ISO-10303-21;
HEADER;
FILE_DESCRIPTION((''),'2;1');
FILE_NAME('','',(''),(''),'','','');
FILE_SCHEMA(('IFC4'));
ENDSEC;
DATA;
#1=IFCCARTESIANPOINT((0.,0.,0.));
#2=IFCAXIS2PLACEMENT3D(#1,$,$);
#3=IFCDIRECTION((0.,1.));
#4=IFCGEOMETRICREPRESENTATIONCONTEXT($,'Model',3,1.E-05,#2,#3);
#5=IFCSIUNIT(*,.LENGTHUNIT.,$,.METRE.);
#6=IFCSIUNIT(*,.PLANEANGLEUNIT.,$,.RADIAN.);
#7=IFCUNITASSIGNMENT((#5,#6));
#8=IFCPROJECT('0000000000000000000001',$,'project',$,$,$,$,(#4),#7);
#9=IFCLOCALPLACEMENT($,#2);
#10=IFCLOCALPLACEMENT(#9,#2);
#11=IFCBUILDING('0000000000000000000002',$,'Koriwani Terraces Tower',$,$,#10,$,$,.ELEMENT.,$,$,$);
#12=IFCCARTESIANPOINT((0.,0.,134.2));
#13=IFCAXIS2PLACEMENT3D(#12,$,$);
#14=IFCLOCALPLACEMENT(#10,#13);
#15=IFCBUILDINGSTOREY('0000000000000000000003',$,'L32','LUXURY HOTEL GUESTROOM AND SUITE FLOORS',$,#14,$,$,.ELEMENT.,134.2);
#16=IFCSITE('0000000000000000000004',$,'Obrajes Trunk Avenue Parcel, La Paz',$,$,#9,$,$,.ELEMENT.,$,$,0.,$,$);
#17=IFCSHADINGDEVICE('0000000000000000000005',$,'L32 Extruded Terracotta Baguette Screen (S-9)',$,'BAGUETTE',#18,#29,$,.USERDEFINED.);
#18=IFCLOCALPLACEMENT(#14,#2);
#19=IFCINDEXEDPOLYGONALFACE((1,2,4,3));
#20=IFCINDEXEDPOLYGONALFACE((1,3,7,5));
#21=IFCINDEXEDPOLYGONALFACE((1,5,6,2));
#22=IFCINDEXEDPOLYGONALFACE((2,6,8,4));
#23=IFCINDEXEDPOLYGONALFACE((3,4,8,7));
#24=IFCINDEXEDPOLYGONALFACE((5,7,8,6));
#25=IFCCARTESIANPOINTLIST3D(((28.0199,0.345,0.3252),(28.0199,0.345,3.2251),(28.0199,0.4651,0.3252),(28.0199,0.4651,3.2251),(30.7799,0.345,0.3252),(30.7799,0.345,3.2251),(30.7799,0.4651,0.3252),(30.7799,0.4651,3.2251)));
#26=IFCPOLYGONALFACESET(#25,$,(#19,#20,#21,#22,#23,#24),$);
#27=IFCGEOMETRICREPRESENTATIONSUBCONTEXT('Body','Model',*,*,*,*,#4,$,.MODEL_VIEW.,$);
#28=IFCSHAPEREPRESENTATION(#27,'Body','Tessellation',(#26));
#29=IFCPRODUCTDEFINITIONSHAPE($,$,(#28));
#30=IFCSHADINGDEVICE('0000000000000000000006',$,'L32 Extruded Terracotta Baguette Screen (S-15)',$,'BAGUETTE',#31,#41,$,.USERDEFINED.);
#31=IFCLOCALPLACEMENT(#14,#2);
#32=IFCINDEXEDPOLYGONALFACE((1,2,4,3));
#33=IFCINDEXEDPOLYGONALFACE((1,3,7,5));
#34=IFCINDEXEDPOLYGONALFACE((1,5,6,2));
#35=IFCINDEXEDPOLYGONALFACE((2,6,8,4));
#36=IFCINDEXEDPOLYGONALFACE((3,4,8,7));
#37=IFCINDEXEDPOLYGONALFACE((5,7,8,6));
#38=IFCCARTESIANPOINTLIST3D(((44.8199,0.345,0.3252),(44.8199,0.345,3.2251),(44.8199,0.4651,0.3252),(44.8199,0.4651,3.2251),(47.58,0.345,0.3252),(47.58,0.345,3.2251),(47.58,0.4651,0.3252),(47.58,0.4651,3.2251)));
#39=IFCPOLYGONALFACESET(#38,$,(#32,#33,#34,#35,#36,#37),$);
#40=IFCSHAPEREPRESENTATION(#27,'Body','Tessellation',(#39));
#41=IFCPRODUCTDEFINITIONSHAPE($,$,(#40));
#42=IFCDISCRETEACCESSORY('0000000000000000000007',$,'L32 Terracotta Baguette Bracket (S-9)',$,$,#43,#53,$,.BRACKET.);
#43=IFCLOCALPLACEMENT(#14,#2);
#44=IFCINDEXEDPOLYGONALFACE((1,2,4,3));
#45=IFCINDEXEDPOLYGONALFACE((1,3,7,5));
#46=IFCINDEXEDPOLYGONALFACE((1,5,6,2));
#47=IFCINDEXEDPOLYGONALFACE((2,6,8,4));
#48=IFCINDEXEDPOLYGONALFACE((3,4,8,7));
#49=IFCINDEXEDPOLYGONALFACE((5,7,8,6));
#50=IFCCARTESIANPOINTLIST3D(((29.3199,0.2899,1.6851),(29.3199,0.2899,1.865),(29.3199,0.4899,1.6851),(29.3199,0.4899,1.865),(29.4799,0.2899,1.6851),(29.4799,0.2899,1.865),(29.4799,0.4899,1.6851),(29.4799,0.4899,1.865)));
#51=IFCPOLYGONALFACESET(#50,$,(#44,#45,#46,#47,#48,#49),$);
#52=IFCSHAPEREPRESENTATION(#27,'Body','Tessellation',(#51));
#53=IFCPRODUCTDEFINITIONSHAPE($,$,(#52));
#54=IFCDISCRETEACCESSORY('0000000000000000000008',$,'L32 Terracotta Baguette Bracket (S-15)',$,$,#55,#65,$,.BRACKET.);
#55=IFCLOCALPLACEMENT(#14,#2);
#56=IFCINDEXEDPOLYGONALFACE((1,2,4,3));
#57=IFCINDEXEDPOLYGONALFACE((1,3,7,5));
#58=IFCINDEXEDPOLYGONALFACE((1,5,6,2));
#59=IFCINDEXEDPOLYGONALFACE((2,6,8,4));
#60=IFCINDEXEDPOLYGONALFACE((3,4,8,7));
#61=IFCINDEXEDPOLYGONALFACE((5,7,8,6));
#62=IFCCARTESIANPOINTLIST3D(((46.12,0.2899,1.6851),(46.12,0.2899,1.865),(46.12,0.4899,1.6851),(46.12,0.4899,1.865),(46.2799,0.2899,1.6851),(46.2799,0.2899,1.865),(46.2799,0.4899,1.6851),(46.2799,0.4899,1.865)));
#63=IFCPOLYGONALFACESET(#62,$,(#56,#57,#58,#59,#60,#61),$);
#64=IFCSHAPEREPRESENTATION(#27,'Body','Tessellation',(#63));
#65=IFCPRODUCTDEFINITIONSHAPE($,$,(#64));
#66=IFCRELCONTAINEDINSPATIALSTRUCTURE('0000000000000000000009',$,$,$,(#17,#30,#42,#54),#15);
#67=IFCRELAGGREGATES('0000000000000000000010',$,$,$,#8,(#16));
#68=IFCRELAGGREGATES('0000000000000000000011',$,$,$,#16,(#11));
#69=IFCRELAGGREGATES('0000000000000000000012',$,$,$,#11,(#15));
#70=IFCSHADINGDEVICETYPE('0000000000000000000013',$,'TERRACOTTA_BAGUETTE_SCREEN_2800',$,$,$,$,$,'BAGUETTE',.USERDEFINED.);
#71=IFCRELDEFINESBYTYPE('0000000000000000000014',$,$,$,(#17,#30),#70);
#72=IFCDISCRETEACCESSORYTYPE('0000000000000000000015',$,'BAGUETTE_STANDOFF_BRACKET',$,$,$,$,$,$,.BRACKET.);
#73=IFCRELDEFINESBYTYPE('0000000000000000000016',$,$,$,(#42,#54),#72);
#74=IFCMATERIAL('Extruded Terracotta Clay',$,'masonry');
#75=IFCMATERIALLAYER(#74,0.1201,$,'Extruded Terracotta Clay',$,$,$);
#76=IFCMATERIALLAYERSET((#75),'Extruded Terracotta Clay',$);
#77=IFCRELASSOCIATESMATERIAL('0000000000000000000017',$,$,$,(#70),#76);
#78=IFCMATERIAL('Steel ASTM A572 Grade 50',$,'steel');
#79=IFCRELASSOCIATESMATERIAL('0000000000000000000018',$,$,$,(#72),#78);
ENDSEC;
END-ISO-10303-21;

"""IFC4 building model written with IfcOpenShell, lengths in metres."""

from ifc_helpers import new_model, si_unit, direction, frame, origin, origin_2d, place, context, subcontext, project, spatial, rectangle, extrude, material, layer, layer_set, type_object, element, save


model = new_model("IFC4")

# Units and contexts
model_context = context("Model", 3, precision=1e-05, world=origin(), true_north=direction((0.0, 1.0)))
body_context = subcontext(model_context, "Body", "Model", "MODEL_VIEW")
ifc_project = project(units=[si_unit("LENGTHUNIT", "METRE"), si_unit("PLANEANGLEUNIT", "RADIAN")], contexts=[model_context])

# Site, building, storey
site_placement = place(None, origin())
site = spatial("IfcSite", under=ifc_project, at=site_placement, Name="Obrajes Trunk Avenue Parcel, La Paz", CompositionType="ELEMENT", RefElevation=0.0)
building_placement = place(site_placement, origin())
building = spatial("IfcBuilding", under=site, at=building_placement, Name="Koriwani Terraces Tower", CompositionType="ELEMENT")
storey_placement = place(building_placement, frame((0.0, 0.0, 134.2)))
storey = spatial("IfcBuildingStorey", under=building, at=storey_placement, Name="L32", Description="LUXURY HOTEL GUESTROOM AND SUITE FLOORS", CompositionType="ELEMENT", Elevation=134.2)

# Shared definitions
ifc_material_1 = material(Name="Steel ASTM A572 Grade 50", Category="steel")

# Shading devices
ifc_material_2 = material(Name="Extruded Terracotta Clay", Category="masonry")
ifc_layer_1 = layer(ifc_material_2, 0.1201, Name="Extruded Terracotta Clay")
ifc_layer_set_1 = layer_set([ifc_layer_1], Name="Extruded Terracotta Clay")
shading_device_type = type_object("IfcShadingDeviceType", Name="TERRACOTTA_BAGUETTE_SCREEN_2800", ElementType="BAGUETTE", PredefinedType="USERDEFINED", material=ifc_layer_set_1)
for number, where, z_axis, x_axis, name in (
    (1, (29.3999, 0.405, 0.3252), (0.0, 0.0, 1.0), (-1.0, 0.0, 0.0), "L32 Extruded Terracotta Baguette Screen (S-9)"),
    (2, (46.2, 0.405, 0.3252), (0.0, 0.0, 1.0), (-1.0, 0.0, 0.0), "L32 Extruded Terracotta Baguette Screen (S-15)"),
):
    element("IfcShadingDevice", number, at=place(storey_placement, frame(where, z_axis=z_axis, x_axis=x_axis)), inside=storey, type_object=shading_device_type, Name=name, ObjectType="BAGUETTE", PredefinedType="USERDEFINED", context=body_context, shape_type="SweptSolid", body=[
        extrude(rectangle(XDim=2.76, YDim=0.1201, at=origin_2d()), origin(), (0.0, 0.0, 1.0), 2.8999),
    ])

# Discrete accessories
discrete_accessory_type = type_object("IfcDiscreteAccessoryType", Name="BAGUETTE_STANDOFF_BRACKET", PredefinedType="BRACKET", material=ifc_material_1)
for number, where, z_axis, x_axis, name in (
    (3, (29.3999, 0.3899, 1.6851), (0.0, 0.0, 1.0), (-1.0, 0.0, 0.0), "L32 Terracotta Baguette Bracket (S-9)"),
    (4, (46.2, 0.3899, 1.6851), (0.0, 0.0, 1.0), (-1.0, 0.0, 0.0), "L32 Terracotta Baguette Bracket (S-15)"),
):
    element("IfcDiscreteAccessory", number, at=place(storey_placement, frame(where, z_axis=z_axis, x_axis=x_axis)), inside=storey, type_object=discrete_accessory_type, Name=name, PredefinedType="BRACKET", context=body_context, shape_type="SweptSolid", body=[
        extrude(rectangle(XDim=0.1599, YDim=0.2, at=origin_2d()), origin(), (0.0, 0.0, 1.0), 0.1799),
    ])

save(model, "model.ifc")
